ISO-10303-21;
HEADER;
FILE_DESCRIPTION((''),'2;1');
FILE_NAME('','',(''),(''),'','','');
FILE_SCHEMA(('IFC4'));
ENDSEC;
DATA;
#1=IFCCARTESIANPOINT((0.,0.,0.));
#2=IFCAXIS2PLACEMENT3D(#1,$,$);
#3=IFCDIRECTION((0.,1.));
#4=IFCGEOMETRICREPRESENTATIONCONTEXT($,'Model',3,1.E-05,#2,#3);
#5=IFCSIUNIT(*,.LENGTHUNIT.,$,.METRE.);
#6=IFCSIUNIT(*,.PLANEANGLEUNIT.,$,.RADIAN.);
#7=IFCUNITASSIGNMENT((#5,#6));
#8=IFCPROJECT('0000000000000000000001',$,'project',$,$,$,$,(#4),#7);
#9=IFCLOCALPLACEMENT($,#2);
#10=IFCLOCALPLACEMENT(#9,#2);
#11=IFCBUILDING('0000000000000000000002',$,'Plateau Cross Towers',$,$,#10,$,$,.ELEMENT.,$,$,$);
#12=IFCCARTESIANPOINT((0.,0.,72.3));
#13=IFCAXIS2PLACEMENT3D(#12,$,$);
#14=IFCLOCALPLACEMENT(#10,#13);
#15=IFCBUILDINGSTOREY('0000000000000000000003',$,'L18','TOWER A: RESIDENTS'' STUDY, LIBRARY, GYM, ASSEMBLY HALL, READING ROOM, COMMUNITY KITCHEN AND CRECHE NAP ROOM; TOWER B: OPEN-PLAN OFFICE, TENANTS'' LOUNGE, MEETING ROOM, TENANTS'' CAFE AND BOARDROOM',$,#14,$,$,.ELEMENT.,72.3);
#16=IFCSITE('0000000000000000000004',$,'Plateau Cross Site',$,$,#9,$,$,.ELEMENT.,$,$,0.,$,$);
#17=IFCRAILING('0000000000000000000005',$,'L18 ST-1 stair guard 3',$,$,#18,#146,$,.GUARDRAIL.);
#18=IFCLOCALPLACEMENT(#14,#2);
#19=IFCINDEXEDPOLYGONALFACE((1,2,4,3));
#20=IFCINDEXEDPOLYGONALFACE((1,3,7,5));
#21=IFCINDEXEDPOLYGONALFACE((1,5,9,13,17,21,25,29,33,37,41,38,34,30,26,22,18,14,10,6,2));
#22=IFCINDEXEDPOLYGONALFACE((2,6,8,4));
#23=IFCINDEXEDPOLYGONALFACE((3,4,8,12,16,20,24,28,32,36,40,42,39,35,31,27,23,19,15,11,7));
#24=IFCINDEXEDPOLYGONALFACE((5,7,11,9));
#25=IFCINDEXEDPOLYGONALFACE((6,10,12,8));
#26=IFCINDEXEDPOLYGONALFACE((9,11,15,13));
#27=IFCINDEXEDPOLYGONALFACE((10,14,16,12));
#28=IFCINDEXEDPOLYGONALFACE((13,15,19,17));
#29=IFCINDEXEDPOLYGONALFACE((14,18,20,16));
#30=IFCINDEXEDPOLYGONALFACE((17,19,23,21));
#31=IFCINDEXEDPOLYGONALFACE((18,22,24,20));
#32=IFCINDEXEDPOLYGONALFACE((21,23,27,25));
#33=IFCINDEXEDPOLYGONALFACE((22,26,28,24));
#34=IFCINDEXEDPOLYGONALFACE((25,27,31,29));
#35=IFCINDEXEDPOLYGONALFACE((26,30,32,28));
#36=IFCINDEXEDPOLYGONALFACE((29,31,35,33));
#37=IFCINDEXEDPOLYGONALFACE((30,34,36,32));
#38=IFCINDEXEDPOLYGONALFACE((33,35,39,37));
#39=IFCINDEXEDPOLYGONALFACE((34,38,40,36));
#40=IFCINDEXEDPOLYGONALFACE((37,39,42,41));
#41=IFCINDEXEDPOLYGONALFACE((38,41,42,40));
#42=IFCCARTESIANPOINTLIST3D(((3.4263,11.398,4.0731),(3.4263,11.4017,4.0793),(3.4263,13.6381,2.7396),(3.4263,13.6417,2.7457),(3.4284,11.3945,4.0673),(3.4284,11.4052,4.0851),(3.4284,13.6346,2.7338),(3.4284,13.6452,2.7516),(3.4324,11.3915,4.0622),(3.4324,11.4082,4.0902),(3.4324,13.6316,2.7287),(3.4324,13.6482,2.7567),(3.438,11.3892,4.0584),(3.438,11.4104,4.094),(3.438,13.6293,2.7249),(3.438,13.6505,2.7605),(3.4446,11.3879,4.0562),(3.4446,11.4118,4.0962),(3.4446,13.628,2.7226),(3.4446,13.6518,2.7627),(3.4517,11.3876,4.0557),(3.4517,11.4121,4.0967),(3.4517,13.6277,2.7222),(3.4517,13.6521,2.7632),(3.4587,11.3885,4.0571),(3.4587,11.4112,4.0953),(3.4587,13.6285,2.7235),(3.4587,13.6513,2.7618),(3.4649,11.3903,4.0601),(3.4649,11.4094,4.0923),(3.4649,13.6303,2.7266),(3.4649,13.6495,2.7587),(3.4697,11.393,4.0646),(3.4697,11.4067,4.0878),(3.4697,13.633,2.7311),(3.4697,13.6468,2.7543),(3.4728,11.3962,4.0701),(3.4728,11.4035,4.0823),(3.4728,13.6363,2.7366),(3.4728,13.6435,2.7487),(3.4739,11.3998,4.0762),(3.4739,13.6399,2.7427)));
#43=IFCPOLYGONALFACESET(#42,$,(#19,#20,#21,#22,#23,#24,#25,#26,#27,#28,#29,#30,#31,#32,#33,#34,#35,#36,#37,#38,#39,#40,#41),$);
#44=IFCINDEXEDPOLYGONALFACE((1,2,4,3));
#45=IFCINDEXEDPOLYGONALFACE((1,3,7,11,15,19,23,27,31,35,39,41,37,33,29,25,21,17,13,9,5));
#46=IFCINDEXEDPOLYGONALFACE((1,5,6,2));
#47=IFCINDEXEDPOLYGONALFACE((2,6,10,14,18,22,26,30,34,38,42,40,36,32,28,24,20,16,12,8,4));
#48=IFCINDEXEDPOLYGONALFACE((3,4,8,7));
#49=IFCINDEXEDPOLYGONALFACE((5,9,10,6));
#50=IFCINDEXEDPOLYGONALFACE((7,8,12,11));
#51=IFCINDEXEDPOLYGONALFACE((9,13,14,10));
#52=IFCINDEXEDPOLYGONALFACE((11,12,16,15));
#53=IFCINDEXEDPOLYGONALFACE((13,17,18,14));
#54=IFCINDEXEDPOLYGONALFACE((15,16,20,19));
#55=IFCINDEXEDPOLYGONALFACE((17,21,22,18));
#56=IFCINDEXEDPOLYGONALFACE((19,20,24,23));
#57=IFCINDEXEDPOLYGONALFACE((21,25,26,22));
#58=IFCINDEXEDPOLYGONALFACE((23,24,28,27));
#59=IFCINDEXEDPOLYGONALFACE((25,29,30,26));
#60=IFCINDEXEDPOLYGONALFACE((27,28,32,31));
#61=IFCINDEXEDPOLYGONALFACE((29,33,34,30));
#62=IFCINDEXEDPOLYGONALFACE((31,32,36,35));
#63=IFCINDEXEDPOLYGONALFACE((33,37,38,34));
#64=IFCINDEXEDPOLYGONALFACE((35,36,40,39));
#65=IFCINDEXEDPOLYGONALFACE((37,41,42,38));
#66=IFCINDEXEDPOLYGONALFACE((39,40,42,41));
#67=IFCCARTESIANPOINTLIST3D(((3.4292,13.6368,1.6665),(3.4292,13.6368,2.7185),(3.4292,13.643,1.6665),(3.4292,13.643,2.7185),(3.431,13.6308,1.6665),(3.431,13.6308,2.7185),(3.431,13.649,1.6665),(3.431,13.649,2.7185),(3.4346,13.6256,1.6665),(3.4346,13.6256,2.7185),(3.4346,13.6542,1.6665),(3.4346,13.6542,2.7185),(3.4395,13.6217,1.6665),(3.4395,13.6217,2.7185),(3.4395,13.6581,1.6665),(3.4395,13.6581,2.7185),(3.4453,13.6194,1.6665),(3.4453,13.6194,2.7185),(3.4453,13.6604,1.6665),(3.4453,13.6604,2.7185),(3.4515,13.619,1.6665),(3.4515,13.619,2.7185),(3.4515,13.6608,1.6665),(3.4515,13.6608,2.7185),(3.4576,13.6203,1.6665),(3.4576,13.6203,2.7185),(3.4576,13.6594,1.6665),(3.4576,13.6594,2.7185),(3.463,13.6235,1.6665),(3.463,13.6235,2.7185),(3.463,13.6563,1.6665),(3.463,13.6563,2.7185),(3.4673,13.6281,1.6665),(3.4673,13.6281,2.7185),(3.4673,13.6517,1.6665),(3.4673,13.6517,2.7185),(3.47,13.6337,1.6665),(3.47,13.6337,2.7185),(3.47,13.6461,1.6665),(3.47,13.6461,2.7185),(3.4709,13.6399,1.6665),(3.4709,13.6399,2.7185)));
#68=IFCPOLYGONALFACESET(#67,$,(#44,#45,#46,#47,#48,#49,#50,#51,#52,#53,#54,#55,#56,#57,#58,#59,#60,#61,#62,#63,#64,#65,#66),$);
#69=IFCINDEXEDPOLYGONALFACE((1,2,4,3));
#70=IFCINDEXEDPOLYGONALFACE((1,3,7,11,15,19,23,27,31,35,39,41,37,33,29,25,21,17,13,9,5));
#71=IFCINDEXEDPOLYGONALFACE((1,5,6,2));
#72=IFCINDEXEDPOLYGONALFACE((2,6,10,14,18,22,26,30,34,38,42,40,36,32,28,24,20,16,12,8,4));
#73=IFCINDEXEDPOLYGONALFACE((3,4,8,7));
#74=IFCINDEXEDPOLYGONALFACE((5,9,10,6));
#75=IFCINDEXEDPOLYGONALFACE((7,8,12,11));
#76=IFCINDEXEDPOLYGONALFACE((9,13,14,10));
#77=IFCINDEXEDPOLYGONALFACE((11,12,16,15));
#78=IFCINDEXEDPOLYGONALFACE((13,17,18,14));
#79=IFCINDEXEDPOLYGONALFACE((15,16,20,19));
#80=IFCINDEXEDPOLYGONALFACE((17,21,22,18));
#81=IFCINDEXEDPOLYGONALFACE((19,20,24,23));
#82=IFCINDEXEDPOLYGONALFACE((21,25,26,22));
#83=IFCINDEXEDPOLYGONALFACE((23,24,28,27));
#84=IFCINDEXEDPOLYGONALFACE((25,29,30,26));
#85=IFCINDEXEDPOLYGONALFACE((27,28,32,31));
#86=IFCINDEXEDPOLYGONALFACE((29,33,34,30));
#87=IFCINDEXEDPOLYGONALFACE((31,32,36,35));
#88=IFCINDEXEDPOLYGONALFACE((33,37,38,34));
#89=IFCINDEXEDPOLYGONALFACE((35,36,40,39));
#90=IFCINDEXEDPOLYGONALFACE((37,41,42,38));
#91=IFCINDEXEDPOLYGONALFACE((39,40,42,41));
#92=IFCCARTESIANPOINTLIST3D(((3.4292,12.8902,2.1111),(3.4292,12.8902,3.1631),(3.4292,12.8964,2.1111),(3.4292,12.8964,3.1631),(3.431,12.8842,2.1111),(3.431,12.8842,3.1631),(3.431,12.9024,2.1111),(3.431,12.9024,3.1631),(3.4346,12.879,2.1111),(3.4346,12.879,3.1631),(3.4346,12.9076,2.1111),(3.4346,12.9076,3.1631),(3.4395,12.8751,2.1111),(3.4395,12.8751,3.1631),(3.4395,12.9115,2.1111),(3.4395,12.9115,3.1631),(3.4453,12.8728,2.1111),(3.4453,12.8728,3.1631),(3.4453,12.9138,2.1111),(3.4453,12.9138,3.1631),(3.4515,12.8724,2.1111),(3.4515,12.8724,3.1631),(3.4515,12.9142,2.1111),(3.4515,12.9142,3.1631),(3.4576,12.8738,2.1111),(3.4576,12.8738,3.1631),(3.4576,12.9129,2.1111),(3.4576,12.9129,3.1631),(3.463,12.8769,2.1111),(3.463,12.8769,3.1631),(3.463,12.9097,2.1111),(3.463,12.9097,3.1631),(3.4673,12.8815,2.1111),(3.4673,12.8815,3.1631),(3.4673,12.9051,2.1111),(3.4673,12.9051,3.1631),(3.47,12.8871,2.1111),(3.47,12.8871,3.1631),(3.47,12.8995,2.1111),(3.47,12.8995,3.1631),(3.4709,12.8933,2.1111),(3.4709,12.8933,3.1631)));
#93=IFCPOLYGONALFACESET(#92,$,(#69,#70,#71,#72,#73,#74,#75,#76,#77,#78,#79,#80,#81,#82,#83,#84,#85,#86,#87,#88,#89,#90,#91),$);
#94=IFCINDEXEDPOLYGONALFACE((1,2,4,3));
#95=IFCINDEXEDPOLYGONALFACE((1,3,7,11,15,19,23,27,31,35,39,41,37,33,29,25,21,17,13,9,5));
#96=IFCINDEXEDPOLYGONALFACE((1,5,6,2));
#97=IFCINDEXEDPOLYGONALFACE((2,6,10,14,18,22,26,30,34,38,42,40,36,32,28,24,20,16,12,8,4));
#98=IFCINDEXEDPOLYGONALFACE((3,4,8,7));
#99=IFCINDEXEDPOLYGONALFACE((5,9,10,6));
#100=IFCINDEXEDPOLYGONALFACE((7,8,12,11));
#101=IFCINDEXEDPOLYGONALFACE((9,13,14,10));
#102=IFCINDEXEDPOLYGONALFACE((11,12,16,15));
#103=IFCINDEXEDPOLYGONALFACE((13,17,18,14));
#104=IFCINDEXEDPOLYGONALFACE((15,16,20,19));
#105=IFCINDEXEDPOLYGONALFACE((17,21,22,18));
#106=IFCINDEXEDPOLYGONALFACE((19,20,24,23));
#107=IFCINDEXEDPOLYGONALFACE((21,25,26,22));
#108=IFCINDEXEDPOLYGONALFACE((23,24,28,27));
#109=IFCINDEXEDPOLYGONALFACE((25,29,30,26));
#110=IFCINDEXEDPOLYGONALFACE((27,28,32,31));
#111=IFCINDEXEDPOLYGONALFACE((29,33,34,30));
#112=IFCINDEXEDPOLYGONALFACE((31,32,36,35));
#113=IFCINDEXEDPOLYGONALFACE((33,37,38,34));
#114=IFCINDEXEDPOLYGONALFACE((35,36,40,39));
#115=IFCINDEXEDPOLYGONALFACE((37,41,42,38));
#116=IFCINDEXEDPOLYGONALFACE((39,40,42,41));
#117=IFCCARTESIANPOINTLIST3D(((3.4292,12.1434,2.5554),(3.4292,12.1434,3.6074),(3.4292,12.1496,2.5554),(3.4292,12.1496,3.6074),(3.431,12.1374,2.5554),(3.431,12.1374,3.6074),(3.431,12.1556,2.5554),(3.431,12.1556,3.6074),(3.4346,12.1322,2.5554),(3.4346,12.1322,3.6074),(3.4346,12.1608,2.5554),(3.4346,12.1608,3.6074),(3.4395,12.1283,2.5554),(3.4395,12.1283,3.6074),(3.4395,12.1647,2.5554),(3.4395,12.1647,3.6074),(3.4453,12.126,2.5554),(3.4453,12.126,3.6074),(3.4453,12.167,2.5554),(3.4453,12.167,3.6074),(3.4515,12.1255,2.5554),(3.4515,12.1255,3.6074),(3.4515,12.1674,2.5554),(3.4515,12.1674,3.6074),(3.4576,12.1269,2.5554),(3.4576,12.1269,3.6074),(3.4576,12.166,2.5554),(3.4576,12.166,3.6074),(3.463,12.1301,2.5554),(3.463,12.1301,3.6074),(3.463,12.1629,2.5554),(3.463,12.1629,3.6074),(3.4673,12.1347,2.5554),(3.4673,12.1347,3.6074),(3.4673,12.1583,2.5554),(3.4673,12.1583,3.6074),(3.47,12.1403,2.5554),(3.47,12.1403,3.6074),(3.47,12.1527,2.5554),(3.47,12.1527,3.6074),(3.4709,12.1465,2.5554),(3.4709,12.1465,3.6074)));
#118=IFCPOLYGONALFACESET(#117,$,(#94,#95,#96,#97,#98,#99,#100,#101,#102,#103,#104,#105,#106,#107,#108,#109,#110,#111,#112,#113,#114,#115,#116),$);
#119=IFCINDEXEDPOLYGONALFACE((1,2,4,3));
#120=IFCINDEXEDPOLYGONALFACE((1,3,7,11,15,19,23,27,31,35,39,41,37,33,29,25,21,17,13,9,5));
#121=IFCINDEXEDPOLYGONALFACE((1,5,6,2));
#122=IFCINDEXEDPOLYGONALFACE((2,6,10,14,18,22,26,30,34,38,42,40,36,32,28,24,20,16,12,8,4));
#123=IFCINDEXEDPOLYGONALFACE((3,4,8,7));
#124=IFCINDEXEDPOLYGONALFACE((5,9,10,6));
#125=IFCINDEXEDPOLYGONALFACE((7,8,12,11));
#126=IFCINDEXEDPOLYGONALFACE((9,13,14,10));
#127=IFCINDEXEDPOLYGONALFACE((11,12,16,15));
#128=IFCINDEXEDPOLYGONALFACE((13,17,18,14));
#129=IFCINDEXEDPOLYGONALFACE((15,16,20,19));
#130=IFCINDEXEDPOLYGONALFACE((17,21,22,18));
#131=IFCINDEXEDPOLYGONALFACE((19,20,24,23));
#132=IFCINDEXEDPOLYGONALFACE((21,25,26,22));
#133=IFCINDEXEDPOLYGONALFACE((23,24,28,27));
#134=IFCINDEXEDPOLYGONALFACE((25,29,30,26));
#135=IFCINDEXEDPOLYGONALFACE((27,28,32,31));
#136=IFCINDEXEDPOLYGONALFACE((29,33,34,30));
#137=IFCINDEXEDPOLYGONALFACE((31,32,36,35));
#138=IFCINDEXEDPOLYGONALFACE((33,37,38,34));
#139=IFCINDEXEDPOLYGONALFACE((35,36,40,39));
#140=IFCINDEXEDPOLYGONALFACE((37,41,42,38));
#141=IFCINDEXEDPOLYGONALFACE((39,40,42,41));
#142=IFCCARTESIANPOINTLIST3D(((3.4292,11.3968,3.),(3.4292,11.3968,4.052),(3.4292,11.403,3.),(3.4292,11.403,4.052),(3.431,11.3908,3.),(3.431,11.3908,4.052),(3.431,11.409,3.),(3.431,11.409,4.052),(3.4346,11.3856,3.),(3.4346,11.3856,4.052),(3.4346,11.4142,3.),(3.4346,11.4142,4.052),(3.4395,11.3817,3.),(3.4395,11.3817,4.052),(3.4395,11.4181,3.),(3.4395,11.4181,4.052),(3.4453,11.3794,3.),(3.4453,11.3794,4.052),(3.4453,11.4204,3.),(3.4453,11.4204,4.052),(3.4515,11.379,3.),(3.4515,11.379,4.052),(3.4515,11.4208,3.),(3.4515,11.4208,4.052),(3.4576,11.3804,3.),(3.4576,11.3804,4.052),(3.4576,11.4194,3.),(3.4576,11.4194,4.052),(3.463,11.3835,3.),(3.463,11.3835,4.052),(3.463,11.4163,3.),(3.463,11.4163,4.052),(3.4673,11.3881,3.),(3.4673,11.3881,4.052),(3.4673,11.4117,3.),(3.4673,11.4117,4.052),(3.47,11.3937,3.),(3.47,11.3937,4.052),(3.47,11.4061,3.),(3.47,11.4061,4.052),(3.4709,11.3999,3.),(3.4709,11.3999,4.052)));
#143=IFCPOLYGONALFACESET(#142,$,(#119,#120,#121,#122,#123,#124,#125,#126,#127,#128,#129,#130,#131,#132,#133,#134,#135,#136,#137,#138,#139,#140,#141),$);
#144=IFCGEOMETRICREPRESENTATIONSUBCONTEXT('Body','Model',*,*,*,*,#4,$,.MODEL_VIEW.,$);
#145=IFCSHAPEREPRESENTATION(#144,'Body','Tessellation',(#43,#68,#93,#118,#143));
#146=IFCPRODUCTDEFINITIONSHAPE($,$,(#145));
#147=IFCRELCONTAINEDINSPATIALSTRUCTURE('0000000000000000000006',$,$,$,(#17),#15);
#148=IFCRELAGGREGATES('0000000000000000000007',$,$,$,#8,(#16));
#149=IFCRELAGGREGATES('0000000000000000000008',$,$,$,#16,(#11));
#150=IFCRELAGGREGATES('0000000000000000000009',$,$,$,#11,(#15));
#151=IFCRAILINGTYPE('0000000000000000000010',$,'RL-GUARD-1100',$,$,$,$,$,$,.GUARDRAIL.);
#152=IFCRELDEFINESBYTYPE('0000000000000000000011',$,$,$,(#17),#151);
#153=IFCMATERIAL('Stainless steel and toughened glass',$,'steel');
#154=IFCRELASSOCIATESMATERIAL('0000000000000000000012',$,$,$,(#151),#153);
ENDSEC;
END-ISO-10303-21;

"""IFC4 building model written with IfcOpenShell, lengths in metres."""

from ifc_helpers import new_model, si_unit, direction, frame, origin, origin_2d, place, context, subcontext, project, spatial, circle, extrude, material, type_object, element, save


model = new_model("IFC4")

# Units and contexts
model_context = context("Model", 3, precision=1e-05, world=origin(), true_north=direction((0.0, 1.0)))
body_context = subcontext(model_context, "Body", "Model", "MODEL_VIEW")
ifc_project = project(units=[si_unit("LENGTHUNIT", "METRE"), si_unit("PLANEANGLEUNIT", "RADIAN")], contexts=[model_context])

# Site, building, storey
site_placement = place(None, origin())
site = spatial("IfcSite", under=ifc_project, at=site_placement, Name="Plateau Cross Site", CompositionType="ELEMENT", RefElevation=0.0)
building_placement = place(site_placement, origin())
building = spatial("IfcBuilding", under=site, at=building_placement, Name="Plateau Cross Towers", CompositionType="ELEMENT")
storey_placement = place(building_placement, frame((0.0, 0.0, 72.3)))
storey = spatial("IfcBuildingStorey", under=building, at=storey_placement, Name="L18", Description="TOWER A: RESIDENTS' STUDY, LIBRARY, GYM, ASSEMBLY HALL, READING ROOM, COMMUNITY KITCHEN AND CRECHE NAP ROOM; TOWER B: OPEN-PLAN OFFICE, TENANTS' LOUNGE, MEETING ROOM, TENANTS' CAFE AND BOARDROOM", CompositionType="ELEMENT", Elevation=72.3)

# Railing
ifc_material_1 = material(Name="Stainless steel and toughened glass", Category="steel")
railing_type_1 = type_object("IfcRailingType", Name="RL-GUARD-1100", PredefinedType="GUARDRAIL", material=ifc_material_1)
railing_1_placement = place(storey_placement, frame((3.45, 13.6399, 1.6665)))
element("IfcRailing", 1, at=railing_1_placement, inside=storey, type_object=railing_type_1, Name="L18 ST-1 stair guard 3", PredefinedType="GUARDRAIL", context=body_context, shape_type="SweptSolid", body=[
    extrude(circle(Radius=0.0239, at=origin_2d()), frame((0.0, 0.0, 1.0762), z_axis=(0.0, -0.859264, 0.511532), x_axis=(1.0, 0.0, 0.0)), (0.0, 0.0, 1.0), 2.6069),
    extrude(circle(Radius=0.021, at=origin_2d()), origin(), (0.0, 0.0, 1.0), 1.052),
    extrude(circle(Radius=0.021, at=origin_2d()), frame((0.0, -0.7466, 0.4446)), (0.0, 0.0, 1.0), 1.052),
    extrude(circle(Radius=0.021, at=origin_2d()), frame((0.0, -1.4934, 0.8889)), (0.0, 0.0, 1.0), 1.052),
    extrude(circle(Radius=0.021, at=origin_2d()), frame((0.0, -2.24, 1.3335)), (0.0, 0.0, 1.0), 1.052),
])

save(model, "model.ifc")
